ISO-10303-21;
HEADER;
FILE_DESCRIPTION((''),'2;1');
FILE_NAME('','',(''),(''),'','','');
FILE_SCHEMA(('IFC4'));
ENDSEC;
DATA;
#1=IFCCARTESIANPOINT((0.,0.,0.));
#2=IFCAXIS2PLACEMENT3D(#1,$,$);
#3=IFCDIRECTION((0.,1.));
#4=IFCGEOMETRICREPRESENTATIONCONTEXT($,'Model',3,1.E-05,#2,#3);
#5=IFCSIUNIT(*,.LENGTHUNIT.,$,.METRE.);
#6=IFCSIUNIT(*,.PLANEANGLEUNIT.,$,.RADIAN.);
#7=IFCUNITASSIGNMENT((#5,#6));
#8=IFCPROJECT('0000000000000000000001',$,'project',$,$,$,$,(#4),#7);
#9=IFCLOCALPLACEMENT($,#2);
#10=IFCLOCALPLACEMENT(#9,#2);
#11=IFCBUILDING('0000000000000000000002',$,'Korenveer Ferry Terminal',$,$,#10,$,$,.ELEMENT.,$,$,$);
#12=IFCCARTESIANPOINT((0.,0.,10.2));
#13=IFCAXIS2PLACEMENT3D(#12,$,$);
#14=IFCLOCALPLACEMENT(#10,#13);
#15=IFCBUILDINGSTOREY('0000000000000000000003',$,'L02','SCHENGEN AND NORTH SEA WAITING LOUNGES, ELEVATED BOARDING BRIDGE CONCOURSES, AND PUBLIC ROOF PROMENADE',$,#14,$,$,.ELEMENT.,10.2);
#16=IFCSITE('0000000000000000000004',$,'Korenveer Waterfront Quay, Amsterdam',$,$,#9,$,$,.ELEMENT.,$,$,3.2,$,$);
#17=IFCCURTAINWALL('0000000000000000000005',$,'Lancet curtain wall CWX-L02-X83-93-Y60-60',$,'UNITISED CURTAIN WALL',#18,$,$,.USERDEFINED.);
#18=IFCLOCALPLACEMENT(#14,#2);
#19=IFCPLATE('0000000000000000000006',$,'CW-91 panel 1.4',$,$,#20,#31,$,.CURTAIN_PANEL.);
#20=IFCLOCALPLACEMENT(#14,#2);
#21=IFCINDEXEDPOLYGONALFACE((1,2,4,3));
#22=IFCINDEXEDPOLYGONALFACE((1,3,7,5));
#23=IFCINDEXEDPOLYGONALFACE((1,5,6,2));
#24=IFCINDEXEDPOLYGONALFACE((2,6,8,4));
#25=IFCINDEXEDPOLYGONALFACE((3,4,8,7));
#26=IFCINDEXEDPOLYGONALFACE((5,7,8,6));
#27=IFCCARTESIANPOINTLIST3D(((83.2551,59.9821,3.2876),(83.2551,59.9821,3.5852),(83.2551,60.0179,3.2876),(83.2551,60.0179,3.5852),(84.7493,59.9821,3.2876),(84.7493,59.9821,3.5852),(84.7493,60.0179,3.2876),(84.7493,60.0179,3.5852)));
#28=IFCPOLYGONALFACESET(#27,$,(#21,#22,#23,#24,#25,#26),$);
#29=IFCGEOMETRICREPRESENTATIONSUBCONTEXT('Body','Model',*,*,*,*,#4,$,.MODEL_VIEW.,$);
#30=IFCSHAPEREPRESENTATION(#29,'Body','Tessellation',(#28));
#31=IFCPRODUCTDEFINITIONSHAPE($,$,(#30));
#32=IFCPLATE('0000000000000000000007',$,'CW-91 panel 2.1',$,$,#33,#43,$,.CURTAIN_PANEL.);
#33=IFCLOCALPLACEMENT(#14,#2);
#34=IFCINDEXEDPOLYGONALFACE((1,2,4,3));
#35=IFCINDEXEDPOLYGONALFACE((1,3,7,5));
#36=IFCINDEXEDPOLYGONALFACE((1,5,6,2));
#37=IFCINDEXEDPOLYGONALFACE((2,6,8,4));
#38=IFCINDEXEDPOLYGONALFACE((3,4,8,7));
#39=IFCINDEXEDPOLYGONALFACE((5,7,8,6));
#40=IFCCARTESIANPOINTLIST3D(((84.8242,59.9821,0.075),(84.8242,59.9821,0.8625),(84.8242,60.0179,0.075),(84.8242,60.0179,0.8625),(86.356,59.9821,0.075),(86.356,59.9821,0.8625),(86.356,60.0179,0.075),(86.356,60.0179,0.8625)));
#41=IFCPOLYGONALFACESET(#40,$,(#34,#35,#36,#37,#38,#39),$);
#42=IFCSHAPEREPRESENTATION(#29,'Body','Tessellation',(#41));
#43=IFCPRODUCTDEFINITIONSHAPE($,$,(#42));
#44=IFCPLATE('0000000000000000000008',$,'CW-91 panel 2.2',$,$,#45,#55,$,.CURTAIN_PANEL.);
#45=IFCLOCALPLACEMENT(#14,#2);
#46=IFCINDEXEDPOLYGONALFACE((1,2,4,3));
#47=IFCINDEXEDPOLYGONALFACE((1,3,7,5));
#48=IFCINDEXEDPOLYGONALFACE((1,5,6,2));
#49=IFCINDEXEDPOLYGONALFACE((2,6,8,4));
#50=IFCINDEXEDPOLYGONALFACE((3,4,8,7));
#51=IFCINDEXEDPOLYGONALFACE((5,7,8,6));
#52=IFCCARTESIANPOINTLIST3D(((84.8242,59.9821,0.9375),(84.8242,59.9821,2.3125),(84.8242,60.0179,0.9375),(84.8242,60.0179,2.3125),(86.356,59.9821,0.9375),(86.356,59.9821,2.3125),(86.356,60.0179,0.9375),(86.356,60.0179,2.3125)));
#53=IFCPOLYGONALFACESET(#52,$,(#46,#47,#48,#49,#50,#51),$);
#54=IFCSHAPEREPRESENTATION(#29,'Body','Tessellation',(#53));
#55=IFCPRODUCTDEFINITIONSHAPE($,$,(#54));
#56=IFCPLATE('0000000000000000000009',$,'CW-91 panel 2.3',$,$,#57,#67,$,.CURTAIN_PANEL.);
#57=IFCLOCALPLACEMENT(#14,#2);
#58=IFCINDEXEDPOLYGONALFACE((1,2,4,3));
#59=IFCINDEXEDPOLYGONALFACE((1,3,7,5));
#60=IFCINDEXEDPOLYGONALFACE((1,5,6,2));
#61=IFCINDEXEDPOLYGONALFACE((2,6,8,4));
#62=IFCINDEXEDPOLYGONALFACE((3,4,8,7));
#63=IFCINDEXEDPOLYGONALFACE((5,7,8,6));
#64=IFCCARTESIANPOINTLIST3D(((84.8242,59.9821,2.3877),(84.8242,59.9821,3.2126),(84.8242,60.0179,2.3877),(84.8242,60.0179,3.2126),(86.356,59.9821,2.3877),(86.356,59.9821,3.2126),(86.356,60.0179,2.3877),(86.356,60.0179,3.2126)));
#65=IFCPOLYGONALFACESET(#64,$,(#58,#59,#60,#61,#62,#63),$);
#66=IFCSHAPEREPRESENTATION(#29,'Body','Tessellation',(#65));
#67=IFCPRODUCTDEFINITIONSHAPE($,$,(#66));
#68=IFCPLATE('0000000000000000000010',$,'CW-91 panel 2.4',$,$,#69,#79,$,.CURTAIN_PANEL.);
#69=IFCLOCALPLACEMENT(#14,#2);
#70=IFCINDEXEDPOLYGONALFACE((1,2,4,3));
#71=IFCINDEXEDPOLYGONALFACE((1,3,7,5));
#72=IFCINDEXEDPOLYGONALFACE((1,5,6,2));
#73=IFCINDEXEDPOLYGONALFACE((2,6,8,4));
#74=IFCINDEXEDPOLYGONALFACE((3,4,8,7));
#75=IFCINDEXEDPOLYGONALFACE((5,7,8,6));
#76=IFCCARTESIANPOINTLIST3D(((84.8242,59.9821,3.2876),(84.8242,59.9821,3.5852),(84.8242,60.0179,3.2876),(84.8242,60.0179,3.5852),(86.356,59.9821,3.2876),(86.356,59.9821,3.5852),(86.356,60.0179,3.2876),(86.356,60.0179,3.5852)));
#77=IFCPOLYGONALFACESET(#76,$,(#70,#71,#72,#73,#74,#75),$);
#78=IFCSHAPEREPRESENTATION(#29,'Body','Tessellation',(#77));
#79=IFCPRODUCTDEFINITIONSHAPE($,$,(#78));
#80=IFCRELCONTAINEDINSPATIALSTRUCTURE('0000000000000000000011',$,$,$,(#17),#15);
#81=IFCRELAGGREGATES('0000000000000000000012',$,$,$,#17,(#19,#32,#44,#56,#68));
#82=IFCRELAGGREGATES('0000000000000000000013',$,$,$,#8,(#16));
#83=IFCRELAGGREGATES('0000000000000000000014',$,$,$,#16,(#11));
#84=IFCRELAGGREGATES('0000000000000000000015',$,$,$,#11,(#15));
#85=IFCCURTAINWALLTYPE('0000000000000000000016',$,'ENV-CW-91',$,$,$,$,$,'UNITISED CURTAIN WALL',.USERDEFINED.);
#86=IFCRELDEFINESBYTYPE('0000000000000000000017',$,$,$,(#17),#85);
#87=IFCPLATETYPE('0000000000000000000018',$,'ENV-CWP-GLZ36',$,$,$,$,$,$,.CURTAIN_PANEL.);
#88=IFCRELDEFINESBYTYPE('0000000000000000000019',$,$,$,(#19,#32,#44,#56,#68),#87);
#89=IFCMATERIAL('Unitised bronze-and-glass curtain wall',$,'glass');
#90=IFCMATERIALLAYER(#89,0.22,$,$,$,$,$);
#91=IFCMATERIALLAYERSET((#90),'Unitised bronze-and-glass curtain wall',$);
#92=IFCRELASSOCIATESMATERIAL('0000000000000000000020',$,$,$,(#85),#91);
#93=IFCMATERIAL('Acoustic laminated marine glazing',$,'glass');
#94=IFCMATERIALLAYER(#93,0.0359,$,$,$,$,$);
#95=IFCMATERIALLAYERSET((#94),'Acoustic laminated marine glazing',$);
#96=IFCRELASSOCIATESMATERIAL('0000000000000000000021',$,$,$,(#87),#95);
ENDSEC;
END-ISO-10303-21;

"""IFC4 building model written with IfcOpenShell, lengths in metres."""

from ifc_helpers import new_model, si_unit, direction, frame, origin, origin_2d, place, context, subcontext, project, spatial, rectangle, extrude, material, layer, layer_set, type_object, element, aggregate, save


model = new_model("IFC4")

# Units and contexts
model_context = context("Model", 3, precision=1e-05, world=origin(), true_north=direction((0.0, 1.0)))
body_context = subcontext(model_context, "Body", "Model", "MODEL_VIEW")
ifc_project = project(units=[si_unit("LENGTHUNIT", "METRE"), si_unit("PLANEANGLEUNIT", "RADIAN")], contexts=[model_context])

# Site, building, storey
site_placement = place(None, origin())
site = spatial("IfcSite", under=ifc_project, at=site_placement, Name="Korenveer Waterfront Quay, Amsterdam", CompositionType="ELEMENT", RefElevation=3.2)
building_placement = place(site_placement, origin())
building = spatial("IfcBuilding", under=site, at=building_placement, Name="Korenveer Ferry Terminal", CompositionType="ELEMENT")
storey_placement = place(building_placement, frame((0.0, 0.0, 10.2)))
storey = spatial("IfcBuildingStorey", under=building, at=storey_placement, Name="L02", Description="SCHENGEN AND NORTH SEA WAITING LOUNGES, ELEVATED BOARDING BRIDGE CONCOURSES, AND PUBLIC ROOF PROMENADE", CompositionType="ELEMENT", Elevation=10.2)

# Curtain wall
ifc_material_1 = material(Name="Unitised bronze-and-glass curtain wall", Category="glass")
ifc_layer_1 = layer(ifc_material_1, 0.22)
ifc_layer_set_1 = layer_set([ifc_layer_1], Name="Unitised bronze-and-glass curtain wall")
curtain_wall_type_1 = type_object("IfcCurtainWallType", Name="ENV-CW-91", ElementType="UNITISED CURTAIN WALL", PredefinedType="USERDEFINED", material=ifc_layer_set_1)
curtain_wall_1_placement = place(storey_placement, frame((83.1799, 60.0, 0.0)))
curtain_wall_1 = element("IfcCurtainWall", 1, at=curtain_wall_1_placement, inside=storey, type_object=curtain_wall_type_1, Name="Lancet curtain wall CWX-L02-X83-93-Y60-60", ObjectType="UNITISED CURTAIN WALL", PredefinedType="USERDEFINED")

# Plates
ifc_material_2 = material(Name="Acoustic laminated marine glazing", Category="glass")
ifc_layer_2 = layer(ifc_material_2, 0.0359)
ifc_layer_set_2 = layer_set([ifc_layer_2], Name="Acoustic laminated marine glazing")
plate_type = type_object("IfcPlateType", Name="ENV-CWP-GLZ36", PredefinedType="CURTAIN_PANEL", material=ifc_layer_set_2)
plate_1_placement = place(storey_placement, frame((84.0022, 60.0, 3.2876), z_axis=(0.0, 0.0, 1.0), x_axis=(1.0, 0.0, 0.0)))
plate_1 = element("IfcPlate", 2, at=plate_1_placement, type_object=plate_type, Name="CW-91 panel 1.4", PredefinedType="CURTAIN_PANEL", context=body_context, shape_type="SweptSolid", body=[
    extrude(rectangle(XDim=1.4941, YDim=0.0359, at=origin_2d()), origin(), (0.0, 0.0, 1.0), 0.2976),
])
plate_2_placement = place(storey_placement, frame((85.5901, 60.0, 0.075), z_axis=(0.0, 0.0, 1.0), x_axis=(1.0, 0.0, 0.0)))
plate_2 = element("IfcPlate", 3, at=plate_2_placement, type_object=plate_type, Name="CW-91 panel 2.1", PredefinedType="CURTAIN_PANEL", context=body_context, shape_type="SweptSolid", body=[
    extrude(rectangle(XDim=1.5317, YDim=0.0359, at=origin_2d()), origin(), (0.0, 0.0, 1.0), 0.7876),
])
plate_3_placement = place(storey_placement, frame((85.5901, 60.0, 0.9375), z_axis=(0.0, 0.0, 1.0), x_axis=(1.0, 0.0, 0.0)))
plate_3 = element("IfcPlate", 4, at=plate_3_placement, type_object=plate_type, Name="CW-91 panel 2.2", PredefinedType="CURTAIN_PANEL", context=body_context, shape_type="SweptSolid", body=[
    extrude(rectangle(XDim=1.5317, YDim=0.0359, at=origin_2d()), origin(), (0.0, 0.0, 1.0), 1.375),
])
plate_4_placement = place(storey_placement, frame((85.5901, 60.0, 2.3877), z_axis=(0.0, 0.0, 1.0), x_axis=(1.0, 0.0, 0.0)))
plate_4 = element("IfcPlate", 5, at=plate_4_placement, type_object=plate_type, Name="CW-91 panel 2.3", PredefinedType="CURTAIN_PANEL", context=body_context, shape_type="SweptSolid", body=[
    extrude(rectangle(XDim=1.5317, YDim=0.0359, at=origin_2d()), origin(), (0.0, 0.0, 1.0), 0.825),
])
plate_5_placement = place(storey_placement, frame((85.5901, 60.0, 3.2876), z_axis=(0.0, 0.0, 1.0), x_axis=(1.0, 0.0, 0.0)))
plate_5 = element("IfcPlate", 6, at=plate_5_placement, type_object=plate_type, Name="CW-91 panel 2.4", PredefinedType="CURTAIN_PANEL", context=body_context, shape_type="SweptSolid", body=[
    extrude(rectangle(XDim=1.5317, YDim=0.0359, at=origin_2d()), origin(), (0.0, 0.0, 1.0), 0.2976),
])
aggregate(curtain_wall_1, [plate_1, plate_2, plate_3, plate_4, plate_5])

save(model, "model.ifc")
